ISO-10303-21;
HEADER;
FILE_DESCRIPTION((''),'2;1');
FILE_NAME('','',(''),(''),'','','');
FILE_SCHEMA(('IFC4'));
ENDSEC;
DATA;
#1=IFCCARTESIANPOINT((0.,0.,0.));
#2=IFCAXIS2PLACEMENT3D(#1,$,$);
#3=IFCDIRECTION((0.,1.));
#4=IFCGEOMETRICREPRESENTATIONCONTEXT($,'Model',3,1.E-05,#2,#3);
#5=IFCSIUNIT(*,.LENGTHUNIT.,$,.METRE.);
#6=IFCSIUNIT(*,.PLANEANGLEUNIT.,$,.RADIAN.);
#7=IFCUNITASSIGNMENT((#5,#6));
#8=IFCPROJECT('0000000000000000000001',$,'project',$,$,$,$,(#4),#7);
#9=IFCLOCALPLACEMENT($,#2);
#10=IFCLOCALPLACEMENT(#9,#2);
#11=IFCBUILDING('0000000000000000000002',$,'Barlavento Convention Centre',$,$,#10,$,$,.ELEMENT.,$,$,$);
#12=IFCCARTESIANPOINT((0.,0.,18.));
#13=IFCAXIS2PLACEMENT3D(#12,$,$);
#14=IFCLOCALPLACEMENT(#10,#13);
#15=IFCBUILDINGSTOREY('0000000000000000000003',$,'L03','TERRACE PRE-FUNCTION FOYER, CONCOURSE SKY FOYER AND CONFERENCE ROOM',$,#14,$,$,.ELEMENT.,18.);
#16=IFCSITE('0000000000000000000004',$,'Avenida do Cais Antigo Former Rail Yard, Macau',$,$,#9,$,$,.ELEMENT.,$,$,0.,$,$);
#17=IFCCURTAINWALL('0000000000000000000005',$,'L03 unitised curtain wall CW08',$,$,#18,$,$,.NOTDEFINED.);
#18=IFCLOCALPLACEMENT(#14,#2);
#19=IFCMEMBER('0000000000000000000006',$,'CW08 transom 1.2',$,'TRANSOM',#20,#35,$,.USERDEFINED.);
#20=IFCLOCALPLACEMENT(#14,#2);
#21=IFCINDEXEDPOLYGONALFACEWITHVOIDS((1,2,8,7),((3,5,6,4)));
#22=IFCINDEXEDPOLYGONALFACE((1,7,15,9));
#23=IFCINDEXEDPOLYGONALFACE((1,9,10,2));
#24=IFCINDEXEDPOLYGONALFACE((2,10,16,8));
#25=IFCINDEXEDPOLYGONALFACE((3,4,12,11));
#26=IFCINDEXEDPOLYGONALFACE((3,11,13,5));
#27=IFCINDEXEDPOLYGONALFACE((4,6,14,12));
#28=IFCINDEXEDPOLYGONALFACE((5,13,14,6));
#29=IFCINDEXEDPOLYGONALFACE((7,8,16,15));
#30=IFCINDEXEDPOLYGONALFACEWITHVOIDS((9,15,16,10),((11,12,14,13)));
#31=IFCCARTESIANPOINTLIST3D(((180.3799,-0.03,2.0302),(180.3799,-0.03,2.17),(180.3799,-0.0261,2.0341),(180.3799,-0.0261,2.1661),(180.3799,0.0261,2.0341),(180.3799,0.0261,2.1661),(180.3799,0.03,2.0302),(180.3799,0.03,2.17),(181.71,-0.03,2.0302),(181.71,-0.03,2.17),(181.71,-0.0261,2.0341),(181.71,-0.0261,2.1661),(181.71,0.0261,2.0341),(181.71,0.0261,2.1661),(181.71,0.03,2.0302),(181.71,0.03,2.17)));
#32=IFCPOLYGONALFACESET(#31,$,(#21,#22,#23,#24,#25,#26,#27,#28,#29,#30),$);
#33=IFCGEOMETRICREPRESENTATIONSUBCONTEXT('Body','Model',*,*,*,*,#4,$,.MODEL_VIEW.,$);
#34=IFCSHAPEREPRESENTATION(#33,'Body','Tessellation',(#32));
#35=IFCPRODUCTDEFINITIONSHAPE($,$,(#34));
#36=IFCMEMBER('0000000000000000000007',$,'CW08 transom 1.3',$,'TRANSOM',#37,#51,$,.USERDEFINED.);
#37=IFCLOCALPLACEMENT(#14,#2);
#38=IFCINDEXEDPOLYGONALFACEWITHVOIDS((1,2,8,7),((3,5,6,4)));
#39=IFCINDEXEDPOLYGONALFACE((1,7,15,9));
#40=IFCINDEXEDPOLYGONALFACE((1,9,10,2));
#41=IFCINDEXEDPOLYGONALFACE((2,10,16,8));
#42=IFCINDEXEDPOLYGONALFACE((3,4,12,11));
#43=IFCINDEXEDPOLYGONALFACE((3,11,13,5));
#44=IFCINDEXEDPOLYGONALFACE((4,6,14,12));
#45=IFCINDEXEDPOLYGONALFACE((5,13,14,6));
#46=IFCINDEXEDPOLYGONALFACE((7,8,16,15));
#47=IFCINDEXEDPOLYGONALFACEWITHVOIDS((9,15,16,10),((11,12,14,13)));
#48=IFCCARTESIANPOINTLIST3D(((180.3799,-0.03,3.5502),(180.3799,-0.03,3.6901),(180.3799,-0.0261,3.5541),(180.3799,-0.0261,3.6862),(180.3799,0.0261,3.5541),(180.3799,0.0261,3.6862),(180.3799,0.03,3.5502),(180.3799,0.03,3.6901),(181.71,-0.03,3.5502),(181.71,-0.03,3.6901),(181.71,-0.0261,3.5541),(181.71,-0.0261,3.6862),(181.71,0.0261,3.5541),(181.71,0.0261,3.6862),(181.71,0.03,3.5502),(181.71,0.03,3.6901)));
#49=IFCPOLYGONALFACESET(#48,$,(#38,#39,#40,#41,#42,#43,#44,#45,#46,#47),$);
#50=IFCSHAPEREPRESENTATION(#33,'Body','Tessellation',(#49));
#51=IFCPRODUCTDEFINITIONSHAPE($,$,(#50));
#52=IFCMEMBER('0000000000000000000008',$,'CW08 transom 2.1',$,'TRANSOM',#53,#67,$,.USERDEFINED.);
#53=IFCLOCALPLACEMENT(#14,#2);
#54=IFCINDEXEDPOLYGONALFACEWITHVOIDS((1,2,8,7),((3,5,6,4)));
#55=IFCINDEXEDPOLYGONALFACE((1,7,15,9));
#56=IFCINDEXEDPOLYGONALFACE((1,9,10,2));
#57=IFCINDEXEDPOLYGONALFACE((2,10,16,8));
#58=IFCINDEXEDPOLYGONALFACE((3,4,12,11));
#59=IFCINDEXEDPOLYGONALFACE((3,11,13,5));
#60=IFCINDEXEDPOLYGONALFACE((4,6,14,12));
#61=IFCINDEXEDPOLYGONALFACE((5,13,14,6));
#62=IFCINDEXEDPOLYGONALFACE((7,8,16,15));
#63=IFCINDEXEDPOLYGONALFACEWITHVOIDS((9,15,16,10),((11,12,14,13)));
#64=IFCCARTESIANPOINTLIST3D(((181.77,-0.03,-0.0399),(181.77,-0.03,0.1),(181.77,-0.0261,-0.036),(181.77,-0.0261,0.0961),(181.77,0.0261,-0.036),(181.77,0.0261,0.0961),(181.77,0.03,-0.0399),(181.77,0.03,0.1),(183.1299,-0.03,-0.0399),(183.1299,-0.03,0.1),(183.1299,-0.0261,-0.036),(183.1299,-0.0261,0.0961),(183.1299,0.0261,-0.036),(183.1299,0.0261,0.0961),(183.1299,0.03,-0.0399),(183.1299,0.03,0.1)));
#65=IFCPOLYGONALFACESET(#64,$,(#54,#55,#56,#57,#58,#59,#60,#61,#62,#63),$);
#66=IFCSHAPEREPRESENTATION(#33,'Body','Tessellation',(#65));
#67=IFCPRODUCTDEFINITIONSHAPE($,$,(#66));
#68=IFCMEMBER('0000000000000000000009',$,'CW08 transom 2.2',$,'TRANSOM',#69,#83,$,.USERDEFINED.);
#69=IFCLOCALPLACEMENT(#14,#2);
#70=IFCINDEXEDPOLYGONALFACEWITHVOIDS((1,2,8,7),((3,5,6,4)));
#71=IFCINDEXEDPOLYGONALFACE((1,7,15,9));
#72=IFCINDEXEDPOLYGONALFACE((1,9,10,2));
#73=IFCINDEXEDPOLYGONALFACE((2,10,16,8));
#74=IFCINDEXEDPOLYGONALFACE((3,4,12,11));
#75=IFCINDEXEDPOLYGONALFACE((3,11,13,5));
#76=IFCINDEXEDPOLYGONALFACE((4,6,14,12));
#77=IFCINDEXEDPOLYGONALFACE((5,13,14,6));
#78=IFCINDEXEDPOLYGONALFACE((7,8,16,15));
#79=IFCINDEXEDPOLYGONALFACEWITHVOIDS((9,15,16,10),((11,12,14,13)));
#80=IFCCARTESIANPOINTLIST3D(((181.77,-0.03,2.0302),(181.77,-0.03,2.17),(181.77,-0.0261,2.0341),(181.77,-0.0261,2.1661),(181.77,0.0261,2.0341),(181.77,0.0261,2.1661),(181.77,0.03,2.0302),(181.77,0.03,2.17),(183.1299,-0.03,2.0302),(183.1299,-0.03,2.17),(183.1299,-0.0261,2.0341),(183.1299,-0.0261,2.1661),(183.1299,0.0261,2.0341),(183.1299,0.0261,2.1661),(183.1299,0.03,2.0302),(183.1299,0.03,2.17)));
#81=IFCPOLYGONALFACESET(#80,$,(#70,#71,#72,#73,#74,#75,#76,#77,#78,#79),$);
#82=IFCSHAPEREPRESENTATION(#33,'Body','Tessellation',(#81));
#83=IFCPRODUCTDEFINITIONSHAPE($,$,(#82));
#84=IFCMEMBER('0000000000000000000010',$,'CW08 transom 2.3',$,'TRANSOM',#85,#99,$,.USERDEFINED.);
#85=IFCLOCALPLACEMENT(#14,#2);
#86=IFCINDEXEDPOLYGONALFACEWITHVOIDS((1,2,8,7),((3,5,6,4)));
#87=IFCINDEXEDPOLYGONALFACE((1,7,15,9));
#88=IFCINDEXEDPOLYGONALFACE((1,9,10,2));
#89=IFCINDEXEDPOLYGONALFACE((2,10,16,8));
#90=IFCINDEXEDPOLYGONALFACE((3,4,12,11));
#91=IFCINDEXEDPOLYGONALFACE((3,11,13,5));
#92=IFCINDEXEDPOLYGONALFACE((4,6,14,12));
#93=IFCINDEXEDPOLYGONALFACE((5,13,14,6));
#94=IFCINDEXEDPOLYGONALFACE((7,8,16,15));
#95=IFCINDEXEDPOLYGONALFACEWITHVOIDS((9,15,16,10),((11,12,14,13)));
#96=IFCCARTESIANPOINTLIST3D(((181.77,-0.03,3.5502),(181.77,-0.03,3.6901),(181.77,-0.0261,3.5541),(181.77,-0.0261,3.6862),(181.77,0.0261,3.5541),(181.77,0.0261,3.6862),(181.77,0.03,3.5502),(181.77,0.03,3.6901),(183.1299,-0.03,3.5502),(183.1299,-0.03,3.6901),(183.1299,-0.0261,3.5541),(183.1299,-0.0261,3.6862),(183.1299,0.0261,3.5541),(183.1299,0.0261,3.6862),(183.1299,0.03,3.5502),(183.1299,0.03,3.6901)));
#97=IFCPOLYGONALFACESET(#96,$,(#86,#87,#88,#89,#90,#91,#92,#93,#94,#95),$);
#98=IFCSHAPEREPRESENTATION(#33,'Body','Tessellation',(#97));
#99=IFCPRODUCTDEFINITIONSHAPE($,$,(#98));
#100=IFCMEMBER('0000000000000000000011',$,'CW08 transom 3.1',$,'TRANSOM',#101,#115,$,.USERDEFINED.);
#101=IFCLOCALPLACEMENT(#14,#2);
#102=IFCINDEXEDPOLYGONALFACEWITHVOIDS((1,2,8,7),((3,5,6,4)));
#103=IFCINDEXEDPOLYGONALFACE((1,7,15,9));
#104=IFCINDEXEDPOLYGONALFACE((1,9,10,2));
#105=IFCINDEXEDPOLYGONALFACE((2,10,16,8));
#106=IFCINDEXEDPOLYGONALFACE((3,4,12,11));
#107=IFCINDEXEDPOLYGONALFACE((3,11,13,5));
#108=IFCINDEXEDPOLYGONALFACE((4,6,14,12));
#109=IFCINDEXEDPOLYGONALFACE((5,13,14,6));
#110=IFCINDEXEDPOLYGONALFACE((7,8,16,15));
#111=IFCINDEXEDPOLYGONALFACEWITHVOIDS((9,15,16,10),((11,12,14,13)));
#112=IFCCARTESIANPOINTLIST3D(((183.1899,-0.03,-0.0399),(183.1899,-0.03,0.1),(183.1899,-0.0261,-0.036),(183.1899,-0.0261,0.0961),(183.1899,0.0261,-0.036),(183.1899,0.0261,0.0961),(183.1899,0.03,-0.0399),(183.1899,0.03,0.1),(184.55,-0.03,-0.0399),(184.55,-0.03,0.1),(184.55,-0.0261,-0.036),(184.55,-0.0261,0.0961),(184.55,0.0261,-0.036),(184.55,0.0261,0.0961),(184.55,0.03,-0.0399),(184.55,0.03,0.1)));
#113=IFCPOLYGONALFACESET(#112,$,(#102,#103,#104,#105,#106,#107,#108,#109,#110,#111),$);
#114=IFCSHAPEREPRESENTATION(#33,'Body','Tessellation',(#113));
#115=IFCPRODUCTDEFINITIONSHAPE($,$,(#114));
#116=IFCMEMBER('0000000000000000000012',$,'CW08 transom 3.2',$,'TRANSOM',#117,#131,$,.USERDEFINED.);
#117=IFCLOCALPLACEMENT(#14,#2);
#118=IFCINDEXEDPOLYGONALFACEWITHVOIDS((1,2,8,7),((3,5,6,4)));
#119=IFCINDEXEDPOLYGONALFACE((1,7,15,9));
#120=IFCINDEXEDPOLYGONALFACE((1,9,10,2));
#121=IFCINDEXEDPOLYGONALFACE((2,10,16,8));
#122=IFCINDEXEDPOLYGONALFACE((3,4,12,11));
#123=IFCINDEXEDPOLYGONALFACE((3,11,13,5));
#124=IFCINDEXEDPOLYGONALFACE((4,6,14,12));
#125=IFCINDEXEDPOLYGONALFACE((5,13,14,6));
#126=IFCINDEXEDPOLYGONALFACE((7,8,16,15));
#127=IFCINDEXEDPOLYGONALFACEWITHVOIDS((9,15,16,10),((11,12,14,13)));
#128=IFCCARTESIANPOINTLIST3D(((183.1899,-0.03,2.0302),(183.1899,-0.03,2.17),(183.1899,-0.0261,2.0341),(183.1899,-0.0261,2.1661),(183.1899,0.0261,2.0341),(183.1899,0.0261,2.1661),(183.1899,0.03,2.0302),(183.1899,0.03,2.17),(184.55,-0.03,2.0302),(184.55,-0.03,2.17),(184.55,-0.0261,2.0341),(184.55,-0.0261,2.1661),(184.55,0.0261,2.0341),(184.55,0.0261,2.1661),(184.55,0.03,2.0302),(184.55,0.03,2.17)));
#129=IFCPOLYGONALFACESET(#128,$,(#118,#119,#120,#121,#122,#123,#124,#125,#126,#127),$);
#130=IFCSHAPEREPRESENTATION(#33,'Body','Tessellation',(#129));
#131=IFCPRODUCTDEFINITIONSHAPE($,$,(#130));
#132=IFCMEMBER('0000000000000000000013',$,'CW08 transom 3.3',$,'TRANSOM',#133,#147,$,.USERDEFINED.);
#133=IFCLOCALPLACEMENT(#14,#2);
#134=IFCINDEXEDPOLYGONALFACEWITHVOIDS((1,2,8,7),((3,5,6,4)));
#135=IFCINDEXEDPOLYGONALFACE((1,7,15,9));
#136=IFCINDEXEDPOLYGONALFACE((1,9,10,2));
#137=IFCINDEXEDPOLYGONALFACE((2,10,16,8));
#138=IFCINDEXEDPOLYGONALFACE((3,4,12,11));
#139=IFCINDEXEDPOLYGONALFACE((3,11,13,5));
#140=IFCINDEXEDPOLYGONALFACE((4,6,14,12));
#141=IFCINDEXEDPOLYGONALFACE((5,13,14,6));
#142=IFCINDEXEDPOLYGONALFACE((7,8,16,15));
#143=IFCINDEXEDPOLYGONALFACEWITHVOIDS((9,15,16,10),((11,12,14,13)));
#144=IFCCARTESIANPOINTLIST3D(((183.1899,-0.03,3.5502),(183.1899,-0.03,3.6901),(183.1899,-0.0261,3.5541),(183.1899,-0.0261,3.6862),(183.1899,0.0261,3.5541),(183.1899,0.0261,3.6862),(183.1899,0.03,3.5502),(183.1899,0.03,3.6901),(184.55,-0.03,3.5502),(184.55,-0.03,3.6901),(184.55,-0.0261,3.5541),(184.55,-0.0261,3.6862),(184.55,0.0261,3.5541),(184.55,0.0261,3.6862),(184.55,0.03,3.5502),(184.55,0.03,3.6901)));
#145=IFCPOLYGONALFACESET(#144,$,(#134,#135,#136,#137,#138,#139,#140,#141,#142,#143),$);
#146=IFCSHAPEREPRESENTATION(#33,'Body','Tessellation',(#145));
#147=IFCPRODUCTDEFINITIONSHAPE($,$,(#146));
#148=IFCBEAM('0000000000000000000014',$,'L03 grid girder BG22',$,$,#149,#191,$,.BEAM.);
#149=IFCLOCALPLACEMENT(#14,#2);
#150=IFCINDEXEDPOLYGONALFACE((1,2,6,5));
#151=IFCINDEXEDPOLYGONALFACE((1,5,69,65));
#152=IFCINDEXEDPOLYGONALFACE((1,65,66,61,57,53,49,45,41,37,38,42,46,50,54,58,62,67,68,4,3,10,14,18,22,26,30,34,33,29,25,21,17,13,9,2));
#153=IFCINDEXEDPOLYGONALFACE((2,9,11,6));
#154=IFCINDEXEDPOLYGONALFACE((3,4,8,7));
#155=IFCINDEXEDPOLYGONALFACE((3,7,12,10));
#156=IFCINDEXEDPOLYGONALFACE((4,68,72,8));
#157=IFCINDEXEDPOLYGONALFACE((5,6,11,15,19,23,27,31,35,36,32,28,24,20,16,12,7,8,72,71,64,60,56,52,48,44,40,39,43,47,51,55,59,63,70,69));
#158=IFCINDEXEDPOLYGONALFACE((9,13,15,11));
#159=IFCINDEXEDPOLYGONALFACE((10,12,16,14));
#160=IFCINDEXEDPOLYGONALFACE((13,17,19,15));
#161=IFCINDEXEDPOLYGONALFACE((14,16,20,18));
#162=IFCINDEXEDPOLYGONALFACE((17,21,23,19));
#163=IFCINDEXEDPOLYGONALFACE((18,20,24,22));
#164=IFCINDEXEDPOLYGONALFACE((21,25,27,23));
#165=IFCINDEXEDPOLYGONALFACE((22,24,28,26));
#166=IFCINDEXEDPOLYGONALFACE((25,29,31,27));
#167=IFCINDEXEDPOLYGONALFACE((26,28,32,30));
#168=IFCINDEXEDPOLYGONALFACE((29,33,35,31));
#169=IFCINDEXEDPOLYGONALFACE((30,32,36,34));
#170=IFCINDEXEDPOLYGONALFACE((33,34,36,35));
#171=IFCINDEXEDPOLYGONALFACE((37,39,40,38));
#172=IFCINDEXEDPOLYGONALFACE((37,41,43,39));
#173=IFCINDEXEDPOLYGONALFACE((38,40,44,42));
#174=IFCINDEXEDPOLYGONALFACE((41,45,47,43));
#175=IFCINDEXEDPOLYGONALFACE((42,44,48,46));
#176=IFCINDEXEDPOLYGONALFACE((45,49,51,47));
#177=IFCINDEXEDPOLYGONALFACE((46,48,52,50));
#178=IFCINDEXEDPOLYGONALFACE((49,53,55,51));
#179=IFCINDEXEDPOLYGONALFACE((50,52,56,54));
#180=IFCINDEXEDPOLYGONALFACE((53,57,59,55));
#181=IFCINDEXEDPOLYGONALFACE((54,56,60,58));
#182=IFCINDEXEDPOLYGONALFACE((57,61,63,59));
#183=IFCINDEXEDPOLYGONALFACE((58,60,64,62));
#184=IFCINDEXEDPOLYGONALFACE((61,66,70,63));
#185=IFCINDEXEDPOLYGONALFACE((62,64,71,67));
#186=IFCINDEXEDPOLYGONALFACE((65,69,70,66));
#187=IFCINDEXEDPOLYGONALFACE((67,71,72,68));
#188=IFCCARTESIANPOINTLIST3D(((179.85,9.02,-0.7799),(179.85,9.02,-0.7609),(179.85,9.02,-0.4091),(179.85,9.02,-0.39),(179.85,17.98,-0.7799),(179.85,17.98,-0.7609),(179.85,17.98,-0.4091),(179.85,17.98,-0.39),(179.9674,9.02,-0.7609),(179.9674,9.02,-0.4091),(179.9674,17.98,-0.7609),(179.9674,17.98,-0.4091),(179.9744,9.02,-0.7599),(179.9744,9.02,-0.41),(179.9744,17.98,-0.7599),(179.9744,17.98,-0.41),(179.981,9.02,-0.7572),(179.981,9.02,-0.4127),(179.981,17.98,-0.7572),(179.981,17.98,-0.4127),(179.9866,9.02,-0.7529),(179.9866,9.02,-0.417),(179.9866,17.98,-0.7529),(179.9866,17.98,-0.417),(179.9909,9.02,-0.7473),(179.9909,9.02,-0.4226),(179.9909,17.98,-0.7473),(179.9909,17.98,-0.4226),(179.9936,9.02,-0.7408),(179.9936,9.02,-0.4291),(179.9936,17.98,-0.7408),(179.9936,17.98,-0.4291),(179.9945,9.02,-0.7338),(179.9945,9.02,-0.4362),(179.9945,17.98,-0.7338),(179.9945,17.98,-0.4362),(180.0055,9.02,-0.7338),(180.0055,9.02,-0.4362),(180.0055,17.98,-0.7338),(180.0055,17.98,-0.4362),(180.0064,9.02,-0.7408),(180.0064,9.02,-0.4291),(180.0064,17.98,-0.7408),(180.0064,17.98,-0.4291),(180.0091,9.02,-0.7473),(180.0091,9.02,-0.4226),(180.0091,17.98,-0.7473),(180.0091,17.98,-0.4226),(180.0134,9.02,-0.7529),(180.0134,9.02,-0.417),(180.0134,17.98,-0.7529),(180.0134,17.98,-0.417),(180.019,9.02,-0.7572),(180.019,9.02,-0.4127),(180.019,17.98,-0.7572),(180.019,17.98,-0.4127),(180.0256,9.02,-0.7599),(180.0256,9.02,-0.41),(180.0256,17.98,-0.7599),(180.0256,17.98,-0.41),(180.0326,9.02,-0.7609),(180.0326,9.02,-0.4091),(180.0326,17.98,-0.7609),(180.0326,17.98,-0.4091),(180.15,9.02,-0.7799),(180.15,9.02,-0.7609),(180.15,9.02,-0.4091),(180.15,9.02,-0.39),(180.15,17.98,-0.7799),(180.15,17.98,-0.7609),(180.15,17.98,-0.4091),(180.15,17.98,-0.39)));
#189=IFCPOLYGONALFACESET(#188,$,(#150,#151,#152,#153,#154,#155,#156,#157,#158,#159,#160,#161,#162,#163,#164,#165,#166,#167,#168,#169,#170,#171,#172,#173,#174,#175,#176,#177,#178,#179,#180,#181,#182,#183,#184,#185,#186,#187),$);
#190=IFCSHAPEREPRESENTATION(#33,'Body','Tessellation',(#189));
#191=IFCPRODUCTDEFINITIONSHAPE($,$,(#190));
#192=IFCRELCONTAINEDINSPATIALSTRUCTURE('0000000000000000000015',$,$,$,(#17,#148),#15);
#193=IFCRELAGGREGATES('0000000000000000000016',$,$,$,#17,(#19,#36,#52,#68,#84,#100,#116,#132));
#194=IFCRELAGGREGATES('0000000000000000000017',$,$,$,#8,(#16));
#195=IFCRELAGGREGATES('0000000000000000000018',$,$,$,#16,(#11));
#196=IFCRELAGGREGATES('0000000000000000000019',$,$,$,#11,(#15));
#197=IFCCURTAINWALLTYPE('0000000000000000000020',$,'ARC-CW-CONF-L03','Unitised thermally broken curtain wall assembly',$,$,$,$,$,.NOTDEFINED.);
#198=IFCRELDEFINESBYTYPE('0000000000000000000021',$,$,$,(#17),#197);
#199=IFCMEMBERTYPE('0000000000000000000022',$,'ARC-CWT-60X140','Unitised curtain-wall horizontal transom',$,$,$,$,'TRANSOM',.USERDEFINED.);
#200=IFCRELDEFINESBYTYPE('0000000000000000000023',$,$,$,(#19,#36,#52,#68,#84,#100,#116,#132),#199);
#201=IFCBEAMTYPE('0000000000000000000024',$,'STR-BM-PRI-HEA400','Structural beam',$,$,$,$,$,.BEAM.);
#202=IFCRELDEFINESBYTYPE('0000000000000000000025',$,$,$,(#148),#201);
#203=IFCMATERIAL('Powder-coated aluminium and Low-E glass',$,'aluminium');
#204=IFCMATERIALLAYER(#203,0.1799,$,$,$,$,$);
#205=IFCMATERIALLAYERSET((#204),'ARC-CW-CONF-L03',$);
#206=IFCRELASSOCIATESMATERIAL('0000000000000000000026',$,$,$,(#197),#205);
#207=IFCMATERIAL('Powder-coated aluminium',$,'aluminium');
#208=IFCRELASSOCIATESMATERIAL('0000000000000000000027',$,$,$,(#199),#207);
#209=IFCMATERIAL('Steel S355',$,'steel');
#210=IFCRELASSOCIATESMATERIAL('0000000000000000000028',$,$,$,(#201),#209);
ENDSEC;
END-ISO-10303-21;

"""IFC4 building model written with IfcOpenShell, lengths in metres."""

from ifc_helpers import new_model, si_unit, direction, frame, origin, origin_2d, place, context, subcontext, project, spatial, hollow_rectangle, i_section, extrude, material, layer, layer_set, material_profile, profile_set, type_object, element, aggregate, save


model = new_model("IFC4")

# Units and contexts
model_context = context("Model", 3, precision=1e-05, world=origin(), true_north=direction((0.0, 1.0)))
body_context = subcontext(model_context, "Body", "Model", "MODEL_VIEW")
ifc_project = project(units=[si_unit("LENGTHUNIT", "METRE"), si_unit("PLANEANGLEUNIT", "RADIAN")], contexts=[model_context])

# Site, building, storey
site_placement = place(None, origin())
site = spatial("IfcSite", under=ifc_project, at=site_placement, Name="Avenida do Cais Antigo Former Rail Yard, Macau", CompositionType="ELEMENT", RefElevation=0.0)
building_placement = place(site_placement, origin())
building = spatial("IfcBuilding", under=site, at=building_placement, Name="Barlavento Convention Centre", CompositionType="ELEMENT")
storey_placement = place(building_placement, frame((0.0, 0.0, 18.0)))
storey = spatial("IfcBuildingStorey", under=building, at=storey_placement, Name="L03", Description="TERRACE PRE-FUNCTION FOYER, CONCOURSE SKY FOYER AND CONFERENCE ROOM", CompositionType="ELEMENT", Elevation=18.0)

# Shared definitions
ifc_material_1 = material(Name="Steel S355", Category="steel")

# Shared definitions
ifc_material_2 = material(Name="Powder-coated aluminium and Low-E glass", Category="aluminium")
ifc_layer_1 = layer(ifc_material_2, 0.1799)
ifc_layer_set_1 = layer_set([ifc_layer_1], Name="ARC-CW-CONF-L03")
curtain_wall_type = type_object("IfcCurtainWallType", Name="ARC-CW-CONF-L03", Description="Unitised thermally broken curtain wall assembly", PredefinedType="NOTDEFINED", material=ifc_layer_set_1)
ifc_material_3 = material(Name="Powder-coated aluminium", Category="aluminium")

# Curtain wall, members
curtain_wall_1_placement = place(storey_placement, origin())
curtain_wall_1 = element("IfcCurtainWall", 1, at=curtain_wall_1_placement, inside=storey, type_object=curtain_wall_type, Name="L03 unitised curtain wall CW08", PredefinedType="NOTDEFINED")
ifc_material_profile_1 = material_profile(ifc_material_3, hollow_rectangle(XDim=0.0601, YDim=0.1399, WallThickness=0.0039, at=origin_2d()), Name="AL-TRAN 60x140x4")
ifc_profile_set_1 = profile_set([ifc_material_profile_1], Name="Powder-coated aluminium")
member_type_1 = type_object("IfcMemberType", Name="ARC-CWT-60X140", Description="Unitised curtain-wall horizontal transom", ElementType="TRANSOM", PredefinedType="USERDEFINED", material=ifc_profile_set_1)
member_1_placement = place(storey_placement, frame((180.3799, 0.0, 2.1001), z_axis=(1.0, 0.0, 0.0), x_axis=(0.0, 1.0, 0.0)))
member_1 = element("IfcMember", 2, at=member_1_placement, type_object=member_type_1, Name="CW08 transom 1.2", ObjectType="TRANSOM", PredefinedType="USERDEFINED", context=body_context, shape_type="SweptSolid", body=[
    extrude(hollow_rectangle(XDim=0.0601, YDim=0.1399, WallThickness=0.0039, at=origin_2d()), origin(), (0.0, 0.0, 1.0), 1.3301),
])
member_2_placement = place(storey_placement, frame((180.3799, 0.0, 3.6201), z_axis=(1.0, 0.0, 0.0), x_axis=(0.0, 1.0, 0.0)))
member_2 = element("IfcMember", 3, at=member_2_placement, type_object=member_type_1, Name="CW08 transom 1.3", ObjectType="TRANSOM", PredefinedType="USERDEFINED", context=body_context, shape_type="SweptSolid", body=[
    extrude(hollow_rectangle(XDim=0.0601, YDim=0.1399, WallThickness=0.0039, at=origin_2d()), origin(), (0.0, 0.0, 1.0), 1.3301),
])
member_3_placement = place(storey_placement, frame((181.77, 0.0, 0.03), z_axis=(1.0, 0.0, 0.0), x_axis=(0.0, 1.0, 0.0)))
member_3 = element("IfcMember", 4, at=member_3_placement, type_object=member_type_1, Name="CW08 transom 2.1", ObjectType="TRANSOM", PredefinedType="USERDEFINED", context=body_context, shape_type="SweptSolid", body=[
    extrude(hollow_rectangle(XDim=0.0601, YDim=0.1399, WallThickness=0.0039, at=origin_2d()), origin(), (0.0, 0.0, 1.0), 1.3599),
])
member_4_placement = place(storey_placement, frame((181.77, 0.0, 2.1001), z_axis=(1.0, 0.0, 0.0), x_axis=(0.0, 1.0, 0.0)))
member_4 = element("IfcMember", 5, at=member_4_placement, type_object=member_type_1, Name="CW08 transom 2.2", ObjectType="TRANSOM", PredefinedType="USERDEFINED", context=body_context, shape_type="SweptSolid", body=[
    extrude(hollow_rectangle(XDim=0.0601, YDim=0.1399, WallThickness=0.0039, at=origin_2d()), origin(), (0.0, 0.0, 1.0), 1.3599),
])
member_5_placement = place(storey_placement, frame((181.77, 0.0, 3.6201), z_axis=(1.0, 0.0, 0.0), x_axis=(0.0, 1.0, 0.0)))
member_5 = element("IfcMember", 6, at=member_5_placement, type_object=member_type_1, Name="CW08 transom 2.3", ObjectType="TRANSOM", PredefinedType="USERDEFINED", context=body_context, shape_type="SweptSolid", body=[
    extrude(hollow_rectangle(XDim=0.0601, YDim=0.1399, WallThickness=0.0039, at=origin_2d()), origin(), (0.0, 0.0, 1.0), 1.3599),
])
member_6_placement = place(storey_placement, frame((183.1899, 0.0, 0.03), z_axis=(1.0, 0.0, 0.0), x_axis=(0.0, 1.0, 0.0)))
member_6 = element("IfcMember", 7, at=member_6_placement, type_object=member_type_1, Name="CW08 transom 3.1", ObjectType="TRANSOM", PredefinedType="USERDEFINED", context=body_context, shape_type="SweptSolid", body=[
    extrude(hollow_rectangle(XDim=0.0601, YDim=0.1399, WallThickness=0.0039, at=origin_2d()), origin(), (0.0, 0.0, 1.0), 1.3601),
])
member_7_placement = place(storey_placement, frame((183.1899, 0.0, 2.1001), z_axis=(1.0, 0.0, 0.0), x_axis=(0.0, 1.0, 0.0)))
member_7 = element("IfcMember", 8, at=member_7_placement, type_object=member_type_1, Name="CW08 transom 3.2", ObjectType="TRANSOM", PredefinedType="USERDEFINED", context=body_context, shape_type="SweptSolid", body=[
    extrude(hollow_rectangle(XDim=0.0601, YDim=0.1399, WallThickness=0.0039, at=origin_2d()), origin(), (0.0, 0.0, 1.0), 1.3601),
])
member_8_placement = place(storey_placement, frame((183.1899, 0.0, 3.6201), z_axis=(1.0, 0.0, 0.0), x_axis=(0.0, 1.0, 0.0)))
member_8 = element("IfcMember", 9, at=member_8_placement, type_object=member_type_1, Name="CW08 transom 3.3", ObjectType="TRANSOM", PredefinedType="USERDEFINED", context=body_context, shape_type="SweptSolid", body=[
    extrude(hollow_rectangle(XDim=0.0601, YDim=0.1399, WallThickness=0.0039, at=origin_2d()), origin(), (0.0, 0.0, 1.0), 1.3601),
])

# Beam
ifc_material_profile_2 = material_profile(ifc_material_1, i_section(OverallWidth=0.3, OverallDepth=0.3899, WebThickness=0.011, FlangeThickness=0.019, FilletRadius=0.0271, at=origin_2d()), Name="HEA 400")
ifc_profile_set_2 = profile_set([ifc_material_profile_2], Name="Steel S355")
beam_type_1 = type_object("IfcBeamType", Name="STR-BM-PRI-HEA400", Description="Structural beam", PredefinedType="BEAM", material=ifc_profile_set_2)
beam_1_placement = place(storey_placement, frame((180.0, 9.02, -0.585), z_axis=(0.0, 1.0, 0.0), x_axis=(-1.0, 0.0, 0.0)))
element("IfcBeam", 10, at=beam_1_placement, inside=storey, type_object=beam_type_1, Name="L03 grid girder BG22", PredefinedType="BEAM", context=body_context, shape_type="SweptSolid", body=[
    extrude(i_section(OverallWidth=0.3, OverallDepth=0.3899, WebThickness=0.011, FlangeThickness=0.019, FilletRadius=0.0271, at=origin_2d()), origin(), (0.0, 0.0, 1.0), 8.96),
])

aggregate(curtain_wall_1, [member_1, member_2, member_3, member_4, member_5, member_6, member_7, member_8])

save(model, "model.ifc")
